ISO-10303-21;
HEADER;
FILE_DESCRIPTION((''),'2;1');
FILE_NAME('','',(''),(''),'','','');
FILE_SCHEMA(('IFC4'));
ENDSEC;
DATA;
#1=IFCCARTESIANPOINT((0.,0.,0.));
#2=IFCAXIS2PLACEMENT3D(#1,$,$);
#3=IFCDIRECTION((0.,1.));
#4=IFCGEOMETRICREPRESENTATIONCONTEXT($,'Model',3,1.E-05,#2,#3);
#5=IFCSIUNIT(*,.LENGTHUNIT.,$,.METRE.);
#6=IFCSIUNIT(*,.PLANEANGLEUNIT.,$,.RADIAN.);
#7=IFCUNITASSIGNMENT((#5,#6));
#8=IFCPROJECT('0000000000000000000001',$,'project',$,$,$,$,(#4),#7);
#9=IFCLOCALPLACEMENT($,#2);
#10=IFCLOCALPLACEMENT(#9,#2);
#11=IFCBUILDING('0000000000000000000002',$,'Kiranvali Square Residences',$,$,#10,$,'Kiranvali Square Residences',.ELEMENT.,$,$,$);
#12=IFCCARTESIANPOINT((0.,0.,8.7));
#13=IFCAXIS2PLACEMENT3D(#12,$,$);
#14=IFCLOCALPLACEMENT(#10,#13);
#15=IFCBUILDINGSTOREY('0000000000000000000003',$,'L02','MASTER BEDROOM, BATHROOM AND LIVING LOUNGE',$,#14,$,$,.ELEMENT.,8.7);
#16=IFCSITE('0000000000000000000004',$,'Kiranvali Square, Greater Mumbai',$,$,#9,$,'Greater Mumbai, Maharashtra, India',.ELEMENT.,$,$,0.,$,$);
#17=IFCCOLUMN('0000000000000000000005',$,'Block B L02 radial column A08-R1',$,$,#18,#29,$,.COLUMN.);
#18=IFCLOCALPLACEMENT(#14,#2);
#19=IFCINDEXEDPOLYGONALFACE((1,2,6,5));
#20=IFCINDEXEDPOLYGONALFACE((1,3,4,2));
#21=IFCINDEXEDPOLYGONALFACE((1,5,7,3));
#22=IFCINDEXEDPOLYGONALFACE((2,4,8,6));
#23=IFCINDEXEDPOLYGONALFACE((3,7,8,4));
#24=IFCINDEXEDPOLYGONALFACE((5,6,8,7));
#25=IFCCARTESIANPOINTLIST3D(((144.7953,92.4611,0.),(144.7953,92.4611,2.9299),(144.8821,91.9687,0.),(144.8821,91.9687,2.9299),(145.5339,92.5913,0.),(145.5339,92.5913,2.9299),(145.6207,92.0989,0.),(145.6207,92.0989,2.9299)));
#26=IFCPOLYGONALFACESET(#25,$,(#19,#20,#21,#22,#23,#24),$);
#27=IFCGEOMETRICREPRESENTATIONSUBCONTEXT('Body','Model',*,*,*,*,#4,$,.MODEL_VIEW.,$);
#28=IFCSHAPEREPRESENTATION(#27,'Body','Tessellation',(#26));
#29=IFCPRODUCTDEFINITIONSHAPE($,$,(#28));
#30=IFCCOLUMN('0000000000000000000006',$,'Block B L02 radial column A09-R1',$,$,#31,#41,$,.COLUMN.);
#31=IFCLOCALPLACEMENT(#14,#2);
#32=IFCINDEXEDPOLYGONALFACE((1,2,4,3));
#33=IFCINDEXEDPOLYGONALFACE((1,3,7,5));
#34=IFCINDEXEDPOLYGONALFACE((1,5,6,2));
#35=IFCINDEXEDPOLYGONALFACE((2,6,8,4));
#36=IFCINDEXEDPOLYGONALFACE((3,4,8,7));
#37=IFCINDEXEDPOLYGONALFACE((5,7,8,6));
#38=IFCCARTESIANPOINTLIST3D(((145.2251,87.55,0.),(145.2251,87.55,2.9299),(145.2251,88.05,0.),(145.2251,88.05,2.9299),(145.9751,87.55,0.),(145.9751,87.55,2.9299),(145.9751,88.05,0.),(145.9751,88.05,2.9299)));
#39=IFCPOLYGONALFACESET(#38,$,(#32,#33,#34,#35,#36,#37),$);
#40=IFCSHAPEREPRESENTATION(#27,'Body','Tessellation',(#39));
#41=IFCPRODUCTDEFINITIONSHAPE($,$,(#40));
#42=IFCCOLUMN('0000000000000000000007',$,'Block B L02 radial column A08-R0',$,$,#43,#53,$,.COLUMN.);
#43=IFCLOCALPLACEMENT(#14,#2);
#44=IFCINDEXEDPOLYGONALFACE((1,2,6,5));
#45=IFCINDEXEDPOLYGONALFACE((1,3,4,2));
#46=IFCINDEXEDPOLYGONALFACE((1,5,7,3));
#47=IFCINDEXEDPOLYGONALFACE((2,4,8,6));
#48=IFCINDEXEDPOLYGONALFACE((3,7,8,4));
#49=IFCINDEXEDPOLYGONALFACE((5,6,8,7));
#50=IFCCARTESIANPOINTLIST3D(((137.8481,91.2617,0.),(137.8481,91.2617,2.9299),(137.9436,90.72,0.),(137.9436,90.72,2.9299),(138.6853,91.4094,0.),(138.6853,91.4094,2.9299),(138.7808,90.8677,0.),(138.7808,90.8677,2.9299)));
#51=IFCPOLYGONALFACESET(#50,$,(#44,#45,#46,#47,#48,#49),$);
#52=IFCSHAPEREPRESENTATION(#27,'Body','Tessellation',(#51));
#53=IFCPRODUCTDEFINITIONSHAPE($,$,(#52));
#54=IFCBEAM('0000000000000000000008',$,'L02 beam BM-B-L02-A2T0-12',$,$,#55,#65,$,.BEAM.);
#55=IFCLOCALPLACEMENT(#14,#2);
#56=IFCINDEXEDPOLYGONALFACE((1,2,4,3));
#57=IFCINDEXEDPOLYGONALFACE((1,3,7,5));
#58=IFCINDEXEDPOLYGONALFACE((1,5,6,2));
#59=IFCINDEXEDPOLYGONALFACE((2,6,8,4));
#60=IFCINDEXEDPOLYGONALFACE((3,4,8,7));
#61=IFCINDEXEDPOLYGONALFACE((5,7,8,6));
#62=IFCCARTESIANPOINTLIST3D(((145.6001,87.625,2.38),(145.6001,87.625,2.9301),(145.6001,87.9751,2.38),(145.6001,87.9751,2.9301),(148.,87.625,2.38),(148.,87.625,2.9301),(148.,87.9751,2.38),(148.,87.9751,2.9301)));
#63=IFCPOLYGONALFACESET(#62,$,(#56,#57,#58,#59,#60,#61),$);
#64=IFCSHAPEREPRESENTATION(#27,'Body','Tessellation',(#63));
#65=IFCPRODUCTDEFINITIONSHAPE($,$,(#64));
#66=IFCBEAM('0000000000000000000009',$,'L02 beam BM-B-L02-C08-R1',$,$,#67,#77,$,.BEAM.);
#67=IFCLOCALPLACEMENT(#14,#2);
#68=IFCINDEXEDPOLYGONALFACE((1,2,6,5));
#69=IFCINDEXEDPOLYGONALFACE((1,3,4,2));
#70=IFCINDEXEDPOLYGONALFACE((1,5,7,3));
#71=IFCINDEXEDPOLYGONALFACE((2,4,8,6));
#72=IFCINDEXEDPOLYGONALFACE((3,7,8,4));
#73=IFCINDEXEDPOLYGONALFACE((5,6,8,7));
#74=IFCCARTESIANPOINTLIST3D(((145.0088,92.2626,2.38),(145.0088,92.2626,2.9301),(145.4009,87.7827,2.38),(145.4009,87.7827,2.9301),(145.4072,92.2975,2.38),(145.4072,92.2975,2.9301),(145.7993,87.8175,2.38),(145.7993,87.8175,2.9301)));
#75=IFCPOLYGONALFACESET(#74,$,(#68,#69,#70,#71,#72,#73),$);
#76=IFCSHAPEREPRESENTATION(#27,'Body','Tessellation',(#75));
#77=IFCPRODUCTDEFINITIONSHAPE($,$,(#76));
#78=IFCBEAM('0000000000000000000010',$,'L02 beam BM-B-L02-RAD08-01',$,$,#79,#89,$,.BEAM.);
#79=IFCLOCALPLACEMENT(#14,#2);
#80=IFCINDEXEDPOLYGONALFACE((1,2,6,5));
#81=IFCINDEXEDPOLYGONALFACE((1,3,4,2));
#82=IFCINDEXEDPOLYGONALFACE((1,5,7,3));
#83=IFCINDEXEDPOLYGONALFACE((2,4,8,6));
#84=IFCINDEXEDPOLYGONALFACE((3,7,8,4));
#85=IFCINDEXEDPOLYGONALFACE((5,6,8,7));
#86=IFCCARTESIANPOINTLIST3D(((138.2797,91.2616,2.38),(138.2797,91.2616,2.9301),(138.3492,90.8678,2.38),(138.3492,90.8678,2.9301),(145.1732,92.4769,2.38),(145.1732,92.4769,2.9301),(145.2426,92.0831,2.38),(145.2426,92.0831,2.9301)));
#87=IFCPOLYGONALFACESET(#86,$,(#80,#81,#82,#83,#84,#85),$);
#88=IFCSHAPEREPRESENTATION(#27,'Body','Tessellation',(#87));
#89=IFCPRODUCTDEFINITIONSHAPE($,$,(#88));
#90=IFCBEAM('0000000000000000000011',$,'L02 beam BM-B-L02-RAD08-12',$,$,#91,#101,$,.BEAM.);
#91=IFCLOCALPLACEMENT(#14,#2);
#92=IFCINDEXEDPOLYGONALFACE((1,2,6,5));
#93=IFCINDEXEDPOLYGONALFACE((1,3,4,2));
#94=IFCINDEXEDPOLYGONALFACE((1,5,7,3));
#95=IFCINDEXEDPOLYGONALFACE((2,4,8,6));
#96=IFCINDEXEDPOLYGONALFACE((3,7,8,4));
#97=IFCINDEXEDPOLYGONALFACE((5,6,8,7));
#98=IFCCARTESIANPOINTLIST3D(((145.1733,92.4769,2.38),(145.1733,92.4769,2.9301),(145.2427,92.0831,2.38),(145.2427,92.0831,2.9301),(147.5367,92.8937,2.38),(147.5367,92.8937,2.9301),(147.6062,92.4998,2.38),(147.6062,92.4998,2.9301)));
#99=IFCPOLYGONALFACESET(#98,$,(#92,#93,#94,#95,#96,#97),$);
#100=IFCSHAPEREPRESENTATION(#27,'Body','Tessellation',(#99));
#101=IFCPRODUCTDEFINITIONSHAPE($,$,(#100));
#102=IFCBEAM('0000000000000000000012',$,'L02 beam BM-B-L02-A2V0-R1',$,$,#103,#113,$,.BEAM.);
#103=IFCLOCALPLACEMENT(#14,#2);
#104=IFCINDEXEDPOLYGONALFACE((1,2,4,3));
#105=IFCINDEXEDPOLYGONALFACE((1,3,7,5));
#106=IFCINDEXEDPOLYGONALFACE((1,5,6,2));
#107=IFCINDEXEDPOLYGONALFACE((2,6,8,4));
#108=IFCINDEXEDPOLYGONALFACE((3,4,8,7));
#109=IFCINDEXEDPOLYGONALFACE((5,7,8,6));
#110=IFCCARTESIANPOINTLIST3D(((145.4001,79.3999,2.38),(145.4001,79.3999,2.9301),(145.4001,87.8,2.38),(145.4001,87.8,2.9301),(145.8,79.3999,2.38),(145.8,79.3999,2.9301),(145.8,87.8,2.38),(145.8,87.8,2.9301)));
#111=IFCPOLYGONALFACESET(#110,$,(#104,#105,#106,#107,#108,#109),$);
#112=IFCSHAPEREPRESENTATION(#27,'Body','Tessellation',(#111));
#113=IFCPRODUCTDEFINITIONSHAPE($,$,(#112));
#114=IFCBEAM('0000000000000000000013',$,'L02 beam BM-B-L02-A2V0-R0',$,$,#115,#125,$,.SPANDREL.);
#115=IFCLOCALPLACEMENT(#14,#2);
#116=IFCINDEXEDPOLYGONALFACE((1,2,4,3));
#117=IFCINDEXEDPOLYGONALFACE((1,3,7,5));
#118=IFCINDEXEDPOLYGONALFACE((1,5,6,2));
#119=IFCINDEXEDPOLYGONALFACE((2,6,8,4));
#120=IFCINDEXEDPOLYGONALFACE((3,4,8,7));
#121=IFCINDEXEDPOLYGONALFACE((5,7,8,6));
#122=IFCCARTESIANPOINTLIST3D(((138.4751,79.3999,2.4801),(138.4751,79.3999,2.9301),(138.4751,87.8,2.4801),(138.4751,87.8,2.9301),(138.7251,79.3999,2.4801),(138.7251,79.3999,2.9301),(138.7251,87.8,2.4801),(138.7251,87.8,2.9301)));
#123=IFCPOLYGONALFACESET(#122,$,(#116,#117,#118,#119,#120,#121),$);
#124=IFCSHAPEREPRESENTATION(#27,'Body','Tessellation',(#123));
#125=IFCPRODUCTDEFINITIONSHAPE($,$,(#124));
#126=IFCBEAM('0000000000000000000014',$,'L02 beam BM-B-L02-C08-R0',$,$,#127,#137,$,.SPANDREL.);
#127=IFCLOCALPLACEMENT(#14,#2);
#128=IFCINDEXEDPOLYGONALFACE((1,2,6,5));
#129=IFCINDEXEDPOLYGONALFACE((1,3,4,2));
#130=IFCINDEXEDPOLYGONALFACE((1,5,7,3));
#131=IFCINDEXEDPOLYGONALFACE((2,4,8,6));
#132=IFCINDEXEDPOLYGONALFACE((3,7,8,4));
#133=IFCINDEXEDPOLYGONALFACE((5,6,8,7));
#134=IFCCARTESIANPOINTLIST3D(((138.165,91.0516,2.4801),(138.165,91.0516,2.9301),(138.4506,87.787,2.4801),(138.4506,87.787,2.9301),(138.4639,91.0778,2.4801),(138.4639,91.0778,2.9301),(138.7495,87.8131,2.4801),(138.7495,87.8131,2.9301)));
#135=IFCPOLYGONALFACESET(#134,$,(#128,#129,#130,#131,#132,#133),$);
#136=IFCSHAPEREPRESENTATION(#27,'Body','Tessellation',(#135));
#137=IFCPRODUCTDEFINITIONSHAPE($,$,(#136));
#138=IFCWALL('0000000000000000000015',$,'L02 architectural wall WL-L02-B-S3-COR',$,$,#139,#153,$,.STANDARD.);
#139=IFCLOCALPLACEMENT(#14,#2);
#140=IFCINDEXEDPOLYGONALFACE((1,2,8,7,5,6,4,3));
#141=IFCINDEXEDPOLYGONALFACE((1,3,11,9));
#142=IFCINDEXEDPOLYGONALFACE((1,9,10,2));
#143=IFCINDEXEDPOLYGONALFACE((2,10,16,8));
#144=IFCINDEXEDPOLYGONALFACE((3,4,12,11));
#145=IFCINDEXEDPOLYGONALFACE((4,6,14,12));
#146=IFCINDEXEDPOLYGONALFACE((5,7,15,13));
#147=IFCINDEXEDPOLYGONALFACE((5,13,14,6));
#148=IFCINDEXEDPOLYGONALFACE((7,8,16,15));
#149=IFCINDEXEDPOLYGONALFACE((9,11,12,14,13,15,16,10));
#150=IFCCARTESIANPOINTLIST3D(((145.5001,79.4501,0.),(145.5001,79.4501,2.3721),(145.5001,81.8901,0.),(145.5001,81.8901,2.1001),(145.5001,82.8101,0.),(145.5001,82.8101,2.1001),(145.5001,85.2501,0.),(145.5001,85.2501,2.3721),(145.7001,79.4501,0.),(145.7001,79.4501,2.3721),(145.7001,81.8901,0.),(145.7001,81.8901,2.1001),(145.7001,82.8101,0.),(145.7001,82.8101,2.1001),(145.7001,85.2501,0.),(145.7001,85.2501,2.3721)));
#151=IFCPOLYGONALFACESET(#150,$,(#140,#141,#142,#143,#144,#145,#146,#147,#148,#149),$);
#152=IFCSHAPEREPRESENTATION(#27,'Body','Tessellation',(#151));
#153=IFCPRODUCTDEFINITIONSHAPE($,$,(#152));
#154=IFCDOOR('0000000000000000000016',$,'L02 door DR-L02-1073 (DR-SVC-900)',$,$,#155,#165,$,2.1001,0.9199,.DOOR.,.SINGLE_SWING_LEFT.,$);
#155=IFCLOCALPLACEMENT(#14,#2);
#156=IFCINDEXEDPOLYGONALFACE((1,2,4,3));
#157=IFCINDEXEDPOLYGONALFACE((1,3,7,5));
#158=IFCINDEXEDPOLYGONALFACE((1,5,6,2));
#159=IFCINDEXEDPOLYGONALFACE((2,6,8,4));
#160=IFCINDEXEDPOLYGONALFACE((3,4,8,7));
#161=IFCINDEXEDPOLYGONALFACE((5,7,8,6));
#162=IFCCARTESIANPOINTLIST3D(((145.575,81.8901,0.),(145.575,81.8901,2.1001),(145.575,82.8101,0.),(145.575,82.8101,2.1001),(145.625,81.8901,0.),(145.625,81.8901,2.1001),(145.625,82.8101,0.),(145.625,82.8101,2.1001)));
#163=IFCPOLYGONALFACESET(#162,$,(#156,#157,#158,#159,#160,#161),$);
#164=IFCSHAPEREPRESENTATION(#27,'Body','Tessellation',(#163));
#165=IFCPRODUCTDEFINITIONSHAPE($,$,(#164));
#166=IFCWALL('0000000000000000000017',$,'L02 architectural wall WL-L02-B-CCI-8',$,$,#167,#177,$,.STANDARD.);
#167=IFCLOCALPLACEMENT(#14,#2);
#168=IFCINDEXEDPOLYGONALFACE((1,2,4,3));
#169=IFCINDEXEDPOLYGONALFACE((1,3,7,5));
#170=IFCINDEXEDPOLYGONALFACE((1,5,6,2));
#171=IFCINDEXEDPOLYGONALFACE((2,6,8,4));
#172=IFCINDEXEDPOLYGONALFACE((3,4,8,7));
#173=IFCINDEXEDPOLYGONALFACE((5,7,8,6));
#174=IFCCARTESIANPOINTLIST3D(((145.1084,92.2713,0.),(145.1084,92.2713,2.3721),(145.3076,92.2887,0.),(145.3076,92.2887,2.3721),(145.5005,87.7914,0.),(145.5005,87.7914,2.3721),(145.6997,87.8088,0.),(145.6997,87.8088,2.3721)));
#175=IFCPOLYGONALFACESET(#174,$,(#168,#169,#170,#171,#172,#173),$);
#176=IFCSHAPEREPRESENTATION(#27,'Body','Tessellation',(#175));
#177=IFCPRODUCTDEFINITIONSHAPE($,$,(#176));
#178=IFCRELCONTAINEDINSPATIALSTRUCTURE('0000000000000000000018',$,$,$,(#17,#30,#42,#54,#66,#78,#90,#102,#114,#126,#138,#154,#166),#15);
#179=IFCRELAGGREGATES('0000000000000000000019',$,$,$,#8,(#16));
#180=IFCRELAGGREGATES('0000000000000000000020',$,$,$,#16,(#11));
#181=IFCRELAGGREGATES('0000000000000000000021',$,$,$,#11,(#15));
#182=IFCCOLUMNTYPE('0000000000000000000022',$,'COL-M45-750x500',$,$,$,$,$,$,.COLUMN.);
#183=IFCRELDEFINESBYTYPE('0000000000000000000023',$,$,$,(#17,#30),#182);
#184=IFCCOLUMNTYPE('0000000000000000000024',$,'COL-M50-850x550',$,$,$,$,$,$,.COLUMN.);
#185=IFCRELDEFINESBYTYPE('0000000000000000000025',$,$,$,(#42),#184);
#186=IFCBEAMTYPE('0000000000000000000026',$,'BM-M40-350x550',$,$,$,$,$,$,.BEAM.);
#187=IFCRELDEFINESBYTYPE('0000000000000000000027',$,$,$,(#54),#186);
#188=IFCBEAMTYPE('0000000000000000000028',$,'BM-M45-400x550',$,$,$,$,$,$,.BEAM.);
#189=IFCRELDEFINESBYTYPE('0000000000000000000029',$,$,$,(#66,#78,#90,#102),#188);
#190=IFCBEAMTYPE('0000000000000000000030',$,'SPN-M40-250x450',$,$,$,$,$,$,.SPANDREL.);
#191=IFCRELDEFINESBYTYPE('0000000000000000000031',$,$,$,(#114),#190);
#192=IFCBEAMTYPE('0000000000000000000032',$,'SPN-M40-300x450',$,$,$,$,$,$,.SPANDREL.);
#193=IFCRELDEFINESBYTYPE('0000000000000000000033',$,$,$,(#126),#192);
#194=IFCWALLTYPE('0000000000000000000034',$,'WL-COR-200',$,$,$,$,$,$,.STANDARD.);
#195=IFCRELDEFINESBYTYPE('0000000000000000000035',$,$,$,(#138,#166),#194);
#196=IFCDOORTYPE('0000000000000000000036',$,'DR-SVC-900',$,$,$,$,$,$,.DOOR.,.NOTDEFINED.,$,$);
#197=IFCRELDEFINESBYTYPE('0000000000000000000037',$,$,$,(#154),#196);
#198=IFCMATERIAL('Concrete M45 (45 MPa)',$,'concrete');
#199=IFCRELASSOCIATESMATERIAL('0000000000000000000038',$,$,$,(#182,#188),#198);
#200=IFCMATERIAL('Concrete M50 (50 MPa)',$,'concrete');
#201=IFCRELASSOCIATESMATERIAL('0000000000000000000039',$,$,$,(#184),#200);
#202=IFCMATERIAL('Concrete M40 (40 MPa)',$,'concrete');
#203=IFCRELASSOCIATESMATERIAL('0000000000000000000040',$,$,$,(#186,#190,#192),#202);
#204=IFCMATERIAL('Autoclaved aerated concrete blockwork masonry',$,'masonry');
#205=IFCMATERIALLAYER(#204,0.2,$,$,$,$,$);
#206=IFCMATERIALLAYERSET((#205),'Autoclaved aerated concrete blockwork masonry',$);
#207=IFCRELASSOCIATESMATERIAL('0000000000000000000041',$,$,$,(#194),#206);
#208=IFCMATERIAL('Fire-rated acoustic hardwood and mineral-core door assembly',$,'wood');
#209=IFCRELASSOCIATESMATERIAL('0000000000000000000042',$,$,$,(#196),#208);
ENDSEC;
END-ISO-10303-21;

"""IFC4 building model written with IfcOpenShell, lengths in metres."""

from ifc_helpers import new_model, si_unit, direction, frame, frame_2d, origin, origin_2d, place, context, subcontext, project, spatial, rectangle, extrude, material, layer, layer_set, material_profile, profile_set, type_object, element, fill, save


model = new_model("IFC4")

# Units and contexts
model_context = context("Model", 3, precision=1e-05, world=origin(), true_north=direction((0.0, 1.0)))
body_context = subcontext(model_context, "Body", "Model", "MODEL_VIEW")
ifc_project = project(units=[si_unit("LENGTHUNIT", "METRE"), si_unit("PLANEANGLEUNIT", "RADIAN")], contexts=[model_context])

# Site, building, storey
site_placement = place(None, origin())
site = spatial("IfcSite", under=ifc_project, at=site_placement, Name="Kiranvali Square, Greater Mumbai", LongName="Greater Mumbai, Maharashtra, India", CompositionType="ELEMENT", RefElevation=0.0)
building_placement = place(site_placement, origin())
building = spatial("IfcBuilding", under=site, at=building_placement, Name="Kiranvali Square Residences", LongName="Kiranvali Square Residences", CompositionType="ELEMENT")
storey_placement = place(building_placement, frame((0.0, 0.0, 8.7)))
storey = spatial("IfcBuildingStorey", under=building, at=storey_placement, Name="L02", Description="MASTER BEDROOM, BATHROOM AND LIVING LOUNGE", CompositionType="ELEMENT", Elevation=8.7)

# Columns
ifc_material_1 = material(Name="Concrete M45 (45 MPa)", Category="concrete")
ifc_material_profile_1 = material_profile(ifc_material_1, rectangle(XDim=0.5, YDim=0.75, at=origin_2d()), Name="RC 750x500")
ifc_profile_set_1 = profile_set([ifc_material_profile_1], Name="Concrete M45 (45 MPa)")
column_type_1 = type_object("IfcColumnType", Name="COL-M45-750x500", PredefinedType="COLUMN", material=ifc_profile_set_1)
for number, where, z_axis, x_axis, name in (
    (1, (145.208, 92.28, 0.0), (0.0, 0.0, 1.0), (-0.173648, 0.984808, 0.0), "Block B L02 radial column A08-R1"),
    (2, (145.6001, 87.8, 0.0), (0.0, 0.0, 1.0), (0.0, 1.0, 0.0), "Block B L02 radial column A09-R1"),
):
    element("IfcColumn", number, at=place(storey_placement, frame(where, z_axis=z_axis, x_axis=x_axis)), inside=storey, type_object=column_type_1, Name=name, PredefinedType="COLUMN", context=body_context, shape_type="SweptSolid", body=[
        extrude(rectangle(XDim=0.5, YDim=0.75, at=origin_2d()), origin(), (0.0, 0.0, 1.0), 2.9299),
    ])
ifc_material_2 = material(Name="Concrete M50 (50 MPa)", Category="concrete")
ifc_material_profile_2 = material_profile(ifc_material_2, rectangle(XDim=0.55, YDim=0.8501, at=origin_2d()), Name="RC 850x550")
ifc_profile_set_2 = profile_set([ifc_material_profile_2], Name="Concrete M50 (50 MPa)")
column_type_2 = type_object("IfcColumnType", Name="COL-M50-850x550", PredefinedType="COLUMN", material=ifc_profile_set_2)
column_placement = place(storey_placement, frame((138.3145, 91.0647, 0.0), z_axis=(0.0, 0.0, 1.0), x_axis=(-0.173648, 0.984808, 0.0)))
element("IfcColumn", 3, at=column_placement, inside=storey, type_object=column_type_2, Name="Block B L02 radial column A08-R0", PredefinedType="COLUMN", context=body_context, shape_type="SweptSolid", body=[
    extrude(rectangle(XDim=0.55, YDim=0.8501, at=origin_2d()), origin(), (0.0, 0.0, 1.0), 2.9299),
])

# Beams
ifc_material_3 = material(Name="Concrete M40 (40 MPa)", Category="concrete")
ifc_material_profile_3 = material_profile(ifc_material_3, rectangle(XDim=0.3501, YDim=0.55, at=origin_2d()), Name="RC 350x550")
ifc_profile_set_3 = profile_set([ifc_material_profile_3], Name="Concrete M40 (40 MPa)")
beam_type_1 = type_object("IfcBeamType", Name="BM-M40-350x550", PredefinedType="BEAM", material=ifc_profile_set_3)
beam_1_placement = place(storey_placement, frame((145.6001, 87.8, 2.655), z_axis=(1.0, 0.0, 0.0), x_axis=(0.0, 1.0, 0.0)))
element("IfcBeam", 4, at=beam_1_placement, inside=storey, type_object=beam_type_1, Name="L02 beam BM-B-L02-A2T0-12", PredefinedType="BEAM", context=body_context, shape_type="SweptSolid", body=[
    extrude(rectangle(XDim=0.3501, YDim=0.55, at=origin_2d()), origin(), (0.0, 0.0, 1.0), 2.3999),
])
ifc_material_profile_4 = material_profile(ifc_material_1, rectangle(XDim=0.3999, YDim=0.55, at=origin_2d()), Name="RC 400x550")
ifc_profile_set_4 = profile_set([ifc_material_profile_4], Name="Concrete M45 (45 MPa)")
beam_type_2 = type_object("IfcBeamType", Name="BM-M45-400x550", PredefinedType="BEAM", material=ifc_profile_set_4)
beam_2_placement = place(storey_placement, frame((145.208, 92.28, 2.655), z_axis=(0.087187, -0.996192, 0.0), x_axis=(0.996192, 0.087187, 0.0)))
element("IfcBeam", 5, at=beam_2_placement, inside=storey, type_object=beam_type_2, Name="L02 beam BM-B-L02-C08-R1", PredefinedType="BEAM", context=body_context, shape_type="SweptSolid", body=[
    extrude(rectangle(XDim=0.3999, YDim=0.55, at=origin_2d()), origin(), (0.0, 0.0, 1.0), 4.4971),
])
beam_3_placement = place(storey_placement, frame((138.3145, 91.0647, 2.655), z_axis=(0.984812, 0.173622, 0.0), x_axis=(-0.173622, 0.984812, 0.0)))
element("IfcBeam", 6, at=beam_3_placement, inside=storey, type_object=beam_type_2, Name="L02 beam BM-B-L02-RAD08-01", PredefinedType="BEAM", context=body_context, shape_type="SweptSolid", body=[
    extrude(rectangle(XDim=0.3999, YDim=0.55, at=origin_2d()), origin(), (0.0, 0.0, 1.0), 6.9998),
])
beam_4_placement = place(storey_placement, frame((145.208, 92.28, 2.655), z_axis=(0.984808, 0.173646, 0.0), x_axis=(-0.173646, 0.984808, 0.0)))
element("IfcBeam", 7, at=beam_4_placement, inside=storey, type_object=beam_type_2, Name="L02 beam BM-B-L02-RAD08-12", PredefinedType="BEAM", context=body_context, shape_type="SweptSolid", body=[
    extrude(rectangle(XDim=0.3999, YDim=0.55, at=origin_2d()), origin(), (0.0, 0.0, 1.0), 2.3999),
])
beam_5_placement = place(storey_placement, frame((145.6001, 87.8, 2.655), z_axis=(0.0, -1.0, 0.0), x_axis=(1.0, 0.0, 0.0)))
element("IfcBeam", 8, at=beam_5_placement, inside=storey, type_object=beam_type_2, Name="L02 beam BM-B-L02-A2V0-R1", PredefinedType="BEAM", context=body_context, shape_type="SweptSolid", body=[
    extrude(rectangle(XDim=0.3999, YDim=0.55, at=origin_2d()), origin(), (0.0, 0.0, 1.0), 8.4001),
])
ifc_material_profile_5 = material_profile(ifc_material_3, rectangle(XDim=0.25, YDim=0.45, at=origin_2d()), Name="RC 250x450")
ifc_profile_set_5 = profile_set([ifc_material_profile_5], Name="Concrete M40 (40 MPa)")
beam_type_3 = type_object("IfcBeamType", Name="SPN-M40-250x450", PredefinedType="SPANDREL", material=ifc_profile_set_5)
beam_6_placement = place(storey_placement, frame((138.6001, 87.8, 2.7051), z_axis=(0.0, -1.0, 0.0), x_axis=(1.0, 0.0, 0.0)))
element("IfcBeam", 9, at=beam_6_placement, inside=storey, type_object=beam_type_3, Name="L02 beam BM-B-L02-A2V0-R0", PredefinedType="SPANDREL", context=body_context, shape_type="SweptSolid", body=[
    extrude(rectangle(XDim=0.25, YDim=0.45, at=origin_2d()), origin(), (0.0, 0.0, 1.0), 8.4001),
])
ifc_material_profile_6 = material_profile(ifc_material_3, rectangle(XDim=0.3, YDim=0.45, at=origin_2d()), Name="RC 300x450")
ifc_profile_set_6 = profile_set([ifc_material_profile_6], Name="Concrete M40 (40 MPa)")
beam_type_4 = type_object("IfcBeamType", Name="SPN-M40-300x450", PredefinedType="SPANDREL", material=ifc_profile_set_6)
beam_7_placement = place(storey_placement, frame((138.3145, 91.0647, 2.7051), z_axis=(0.087163, -0.996194, 0.0), x_axis=(0.996194, 0.087163, 0.0)))
element("IfcBeam", 10, at=beam_7_placement, inside=storey, type_object=beam_type_4, Name="L02 beam BM-B-L02-C08-R0", PredefinedType="SPANDREL", context=body_context, shape_type="SweptSolid", body=[
    extrude(rectangle(XDim=0.3, YDim=0.45, at=origin_2d()), origin(), (0.0, 0.0, 1.0), 3.2771),
])

# Wall, opening, door
ifc_material_4 = material(Name="Autoclaved aerated concrete blockwork masonry", Category="masonry")
ifc_layer_1 = layer(ifc_material_4, 0.2)
ifc_layer_set_1 = layer_set([ifc_layer_1], Name="Autoclaved aerated concrete blockwork masonry")
wall_type_1 = type_object("IfcWallType", Name="WL-COR-200", PredefinedType="STANDARD", material=ifc_layer_set_1)
ifc_material_5 = material(Name="Fire-rated acoustic hardwood and mineral-core door assembly", Category="wood")
wall_1_placement = place(storey_placement, frame((145.6001, 85.25, 0.0), z_axis=(0.0, 0.0, 1.0), x_axis=(0.0, -1.0, 0.0)))
wall_1 = element("IfcWall", 11, at=wall_1_placement, inside=storey, type_object=wall_type_1, Name="L02 architectural wall WL-L02-B-S3-COR", PredefinedType="STANDARD", context=body_context, shape_type="SweptSolid", body=[
    extrude(rectangle(XDim=5.8, YDim=0.2, at=frame_2d((2.8999, 0.0))), origin(), (0.0, 0.0, 1.0), 2.3721),
])
opening_1_placement = place(wall_1_placement, frame((2.4399, 0.0, 0.0)))
opening_1 = element("IfcOpeningElement", 12, at=opening_1_placement, cuts=wall_1, PredefinedType="OPENING", context=body_context, shape_type="SweptSolid", body=[
    extrude(rectangle(XDim=0.9199, YDim=2.1001, at=frame_2d((0.46, 1.05))), frame((0.0, 0.1099, 0.0), z_axis=(0.0, -1.0, 0.0), x_axis=(1.0, 0.0, 0.0)), (0.0, 0.0, 1.0), 0.22),
])
door_type_1 = type_object("IfcDoorType", Name="DR-SVC-900", OperationType="NOTDEFINED", PredefinedType="DOOR", material=ifc_material_5)
door_1_placement = place(opening_1_placement, origin())
door_1 = element("IfcDoor", 13, at=door_1_placement, inside=storey, type_object=door_type_1, Name="L02 door DR-L02-1073 (DR-SVC-900)", OperationType="SINGLE_SWING_LEFT", OverallHeight=2.1001, OverallWidth=0.9199, PredefinedType="DOOR", context=body_context, shape_type="SweptSolid", body=[
    extrude(rectangle(XDim=0.9199, YDim=2.1001, at=frame_2d((0.46, 1.05))), frame((0.0, 0.0249, 0.0), z_axis=(0.0, -1.0, 0.0), x_axis=(1.0, 0.0, 0.0)), (0.0, 0.0, 1.0), 0.05),
])
fill(opening_1, door_1)

# Wall
wall_2_placement = place(storey_placement, frame((145.208, 92.28, 0.0), z_axis=(0.0, 0.0, 1.0), x_axis=(0.087187, -0.996192, 0.0)))
element("IfcWall", 14, at=wall_2_placement, inside=storey, type_object=wall_type_1, Name="L02 architectural wall WL-L02-B-CCI-8", PredefinedType="STANDARD", context=body_context, shape_type="SweptSolid", body=[
    extrude(rectangle(XDim=4.4971, YDim=0.2, at=frame_2d((2.2485, 0.0))), origin(), (0.0, 0.0, 1.0), 2.3721),
])

save(model, "model.ifc")
